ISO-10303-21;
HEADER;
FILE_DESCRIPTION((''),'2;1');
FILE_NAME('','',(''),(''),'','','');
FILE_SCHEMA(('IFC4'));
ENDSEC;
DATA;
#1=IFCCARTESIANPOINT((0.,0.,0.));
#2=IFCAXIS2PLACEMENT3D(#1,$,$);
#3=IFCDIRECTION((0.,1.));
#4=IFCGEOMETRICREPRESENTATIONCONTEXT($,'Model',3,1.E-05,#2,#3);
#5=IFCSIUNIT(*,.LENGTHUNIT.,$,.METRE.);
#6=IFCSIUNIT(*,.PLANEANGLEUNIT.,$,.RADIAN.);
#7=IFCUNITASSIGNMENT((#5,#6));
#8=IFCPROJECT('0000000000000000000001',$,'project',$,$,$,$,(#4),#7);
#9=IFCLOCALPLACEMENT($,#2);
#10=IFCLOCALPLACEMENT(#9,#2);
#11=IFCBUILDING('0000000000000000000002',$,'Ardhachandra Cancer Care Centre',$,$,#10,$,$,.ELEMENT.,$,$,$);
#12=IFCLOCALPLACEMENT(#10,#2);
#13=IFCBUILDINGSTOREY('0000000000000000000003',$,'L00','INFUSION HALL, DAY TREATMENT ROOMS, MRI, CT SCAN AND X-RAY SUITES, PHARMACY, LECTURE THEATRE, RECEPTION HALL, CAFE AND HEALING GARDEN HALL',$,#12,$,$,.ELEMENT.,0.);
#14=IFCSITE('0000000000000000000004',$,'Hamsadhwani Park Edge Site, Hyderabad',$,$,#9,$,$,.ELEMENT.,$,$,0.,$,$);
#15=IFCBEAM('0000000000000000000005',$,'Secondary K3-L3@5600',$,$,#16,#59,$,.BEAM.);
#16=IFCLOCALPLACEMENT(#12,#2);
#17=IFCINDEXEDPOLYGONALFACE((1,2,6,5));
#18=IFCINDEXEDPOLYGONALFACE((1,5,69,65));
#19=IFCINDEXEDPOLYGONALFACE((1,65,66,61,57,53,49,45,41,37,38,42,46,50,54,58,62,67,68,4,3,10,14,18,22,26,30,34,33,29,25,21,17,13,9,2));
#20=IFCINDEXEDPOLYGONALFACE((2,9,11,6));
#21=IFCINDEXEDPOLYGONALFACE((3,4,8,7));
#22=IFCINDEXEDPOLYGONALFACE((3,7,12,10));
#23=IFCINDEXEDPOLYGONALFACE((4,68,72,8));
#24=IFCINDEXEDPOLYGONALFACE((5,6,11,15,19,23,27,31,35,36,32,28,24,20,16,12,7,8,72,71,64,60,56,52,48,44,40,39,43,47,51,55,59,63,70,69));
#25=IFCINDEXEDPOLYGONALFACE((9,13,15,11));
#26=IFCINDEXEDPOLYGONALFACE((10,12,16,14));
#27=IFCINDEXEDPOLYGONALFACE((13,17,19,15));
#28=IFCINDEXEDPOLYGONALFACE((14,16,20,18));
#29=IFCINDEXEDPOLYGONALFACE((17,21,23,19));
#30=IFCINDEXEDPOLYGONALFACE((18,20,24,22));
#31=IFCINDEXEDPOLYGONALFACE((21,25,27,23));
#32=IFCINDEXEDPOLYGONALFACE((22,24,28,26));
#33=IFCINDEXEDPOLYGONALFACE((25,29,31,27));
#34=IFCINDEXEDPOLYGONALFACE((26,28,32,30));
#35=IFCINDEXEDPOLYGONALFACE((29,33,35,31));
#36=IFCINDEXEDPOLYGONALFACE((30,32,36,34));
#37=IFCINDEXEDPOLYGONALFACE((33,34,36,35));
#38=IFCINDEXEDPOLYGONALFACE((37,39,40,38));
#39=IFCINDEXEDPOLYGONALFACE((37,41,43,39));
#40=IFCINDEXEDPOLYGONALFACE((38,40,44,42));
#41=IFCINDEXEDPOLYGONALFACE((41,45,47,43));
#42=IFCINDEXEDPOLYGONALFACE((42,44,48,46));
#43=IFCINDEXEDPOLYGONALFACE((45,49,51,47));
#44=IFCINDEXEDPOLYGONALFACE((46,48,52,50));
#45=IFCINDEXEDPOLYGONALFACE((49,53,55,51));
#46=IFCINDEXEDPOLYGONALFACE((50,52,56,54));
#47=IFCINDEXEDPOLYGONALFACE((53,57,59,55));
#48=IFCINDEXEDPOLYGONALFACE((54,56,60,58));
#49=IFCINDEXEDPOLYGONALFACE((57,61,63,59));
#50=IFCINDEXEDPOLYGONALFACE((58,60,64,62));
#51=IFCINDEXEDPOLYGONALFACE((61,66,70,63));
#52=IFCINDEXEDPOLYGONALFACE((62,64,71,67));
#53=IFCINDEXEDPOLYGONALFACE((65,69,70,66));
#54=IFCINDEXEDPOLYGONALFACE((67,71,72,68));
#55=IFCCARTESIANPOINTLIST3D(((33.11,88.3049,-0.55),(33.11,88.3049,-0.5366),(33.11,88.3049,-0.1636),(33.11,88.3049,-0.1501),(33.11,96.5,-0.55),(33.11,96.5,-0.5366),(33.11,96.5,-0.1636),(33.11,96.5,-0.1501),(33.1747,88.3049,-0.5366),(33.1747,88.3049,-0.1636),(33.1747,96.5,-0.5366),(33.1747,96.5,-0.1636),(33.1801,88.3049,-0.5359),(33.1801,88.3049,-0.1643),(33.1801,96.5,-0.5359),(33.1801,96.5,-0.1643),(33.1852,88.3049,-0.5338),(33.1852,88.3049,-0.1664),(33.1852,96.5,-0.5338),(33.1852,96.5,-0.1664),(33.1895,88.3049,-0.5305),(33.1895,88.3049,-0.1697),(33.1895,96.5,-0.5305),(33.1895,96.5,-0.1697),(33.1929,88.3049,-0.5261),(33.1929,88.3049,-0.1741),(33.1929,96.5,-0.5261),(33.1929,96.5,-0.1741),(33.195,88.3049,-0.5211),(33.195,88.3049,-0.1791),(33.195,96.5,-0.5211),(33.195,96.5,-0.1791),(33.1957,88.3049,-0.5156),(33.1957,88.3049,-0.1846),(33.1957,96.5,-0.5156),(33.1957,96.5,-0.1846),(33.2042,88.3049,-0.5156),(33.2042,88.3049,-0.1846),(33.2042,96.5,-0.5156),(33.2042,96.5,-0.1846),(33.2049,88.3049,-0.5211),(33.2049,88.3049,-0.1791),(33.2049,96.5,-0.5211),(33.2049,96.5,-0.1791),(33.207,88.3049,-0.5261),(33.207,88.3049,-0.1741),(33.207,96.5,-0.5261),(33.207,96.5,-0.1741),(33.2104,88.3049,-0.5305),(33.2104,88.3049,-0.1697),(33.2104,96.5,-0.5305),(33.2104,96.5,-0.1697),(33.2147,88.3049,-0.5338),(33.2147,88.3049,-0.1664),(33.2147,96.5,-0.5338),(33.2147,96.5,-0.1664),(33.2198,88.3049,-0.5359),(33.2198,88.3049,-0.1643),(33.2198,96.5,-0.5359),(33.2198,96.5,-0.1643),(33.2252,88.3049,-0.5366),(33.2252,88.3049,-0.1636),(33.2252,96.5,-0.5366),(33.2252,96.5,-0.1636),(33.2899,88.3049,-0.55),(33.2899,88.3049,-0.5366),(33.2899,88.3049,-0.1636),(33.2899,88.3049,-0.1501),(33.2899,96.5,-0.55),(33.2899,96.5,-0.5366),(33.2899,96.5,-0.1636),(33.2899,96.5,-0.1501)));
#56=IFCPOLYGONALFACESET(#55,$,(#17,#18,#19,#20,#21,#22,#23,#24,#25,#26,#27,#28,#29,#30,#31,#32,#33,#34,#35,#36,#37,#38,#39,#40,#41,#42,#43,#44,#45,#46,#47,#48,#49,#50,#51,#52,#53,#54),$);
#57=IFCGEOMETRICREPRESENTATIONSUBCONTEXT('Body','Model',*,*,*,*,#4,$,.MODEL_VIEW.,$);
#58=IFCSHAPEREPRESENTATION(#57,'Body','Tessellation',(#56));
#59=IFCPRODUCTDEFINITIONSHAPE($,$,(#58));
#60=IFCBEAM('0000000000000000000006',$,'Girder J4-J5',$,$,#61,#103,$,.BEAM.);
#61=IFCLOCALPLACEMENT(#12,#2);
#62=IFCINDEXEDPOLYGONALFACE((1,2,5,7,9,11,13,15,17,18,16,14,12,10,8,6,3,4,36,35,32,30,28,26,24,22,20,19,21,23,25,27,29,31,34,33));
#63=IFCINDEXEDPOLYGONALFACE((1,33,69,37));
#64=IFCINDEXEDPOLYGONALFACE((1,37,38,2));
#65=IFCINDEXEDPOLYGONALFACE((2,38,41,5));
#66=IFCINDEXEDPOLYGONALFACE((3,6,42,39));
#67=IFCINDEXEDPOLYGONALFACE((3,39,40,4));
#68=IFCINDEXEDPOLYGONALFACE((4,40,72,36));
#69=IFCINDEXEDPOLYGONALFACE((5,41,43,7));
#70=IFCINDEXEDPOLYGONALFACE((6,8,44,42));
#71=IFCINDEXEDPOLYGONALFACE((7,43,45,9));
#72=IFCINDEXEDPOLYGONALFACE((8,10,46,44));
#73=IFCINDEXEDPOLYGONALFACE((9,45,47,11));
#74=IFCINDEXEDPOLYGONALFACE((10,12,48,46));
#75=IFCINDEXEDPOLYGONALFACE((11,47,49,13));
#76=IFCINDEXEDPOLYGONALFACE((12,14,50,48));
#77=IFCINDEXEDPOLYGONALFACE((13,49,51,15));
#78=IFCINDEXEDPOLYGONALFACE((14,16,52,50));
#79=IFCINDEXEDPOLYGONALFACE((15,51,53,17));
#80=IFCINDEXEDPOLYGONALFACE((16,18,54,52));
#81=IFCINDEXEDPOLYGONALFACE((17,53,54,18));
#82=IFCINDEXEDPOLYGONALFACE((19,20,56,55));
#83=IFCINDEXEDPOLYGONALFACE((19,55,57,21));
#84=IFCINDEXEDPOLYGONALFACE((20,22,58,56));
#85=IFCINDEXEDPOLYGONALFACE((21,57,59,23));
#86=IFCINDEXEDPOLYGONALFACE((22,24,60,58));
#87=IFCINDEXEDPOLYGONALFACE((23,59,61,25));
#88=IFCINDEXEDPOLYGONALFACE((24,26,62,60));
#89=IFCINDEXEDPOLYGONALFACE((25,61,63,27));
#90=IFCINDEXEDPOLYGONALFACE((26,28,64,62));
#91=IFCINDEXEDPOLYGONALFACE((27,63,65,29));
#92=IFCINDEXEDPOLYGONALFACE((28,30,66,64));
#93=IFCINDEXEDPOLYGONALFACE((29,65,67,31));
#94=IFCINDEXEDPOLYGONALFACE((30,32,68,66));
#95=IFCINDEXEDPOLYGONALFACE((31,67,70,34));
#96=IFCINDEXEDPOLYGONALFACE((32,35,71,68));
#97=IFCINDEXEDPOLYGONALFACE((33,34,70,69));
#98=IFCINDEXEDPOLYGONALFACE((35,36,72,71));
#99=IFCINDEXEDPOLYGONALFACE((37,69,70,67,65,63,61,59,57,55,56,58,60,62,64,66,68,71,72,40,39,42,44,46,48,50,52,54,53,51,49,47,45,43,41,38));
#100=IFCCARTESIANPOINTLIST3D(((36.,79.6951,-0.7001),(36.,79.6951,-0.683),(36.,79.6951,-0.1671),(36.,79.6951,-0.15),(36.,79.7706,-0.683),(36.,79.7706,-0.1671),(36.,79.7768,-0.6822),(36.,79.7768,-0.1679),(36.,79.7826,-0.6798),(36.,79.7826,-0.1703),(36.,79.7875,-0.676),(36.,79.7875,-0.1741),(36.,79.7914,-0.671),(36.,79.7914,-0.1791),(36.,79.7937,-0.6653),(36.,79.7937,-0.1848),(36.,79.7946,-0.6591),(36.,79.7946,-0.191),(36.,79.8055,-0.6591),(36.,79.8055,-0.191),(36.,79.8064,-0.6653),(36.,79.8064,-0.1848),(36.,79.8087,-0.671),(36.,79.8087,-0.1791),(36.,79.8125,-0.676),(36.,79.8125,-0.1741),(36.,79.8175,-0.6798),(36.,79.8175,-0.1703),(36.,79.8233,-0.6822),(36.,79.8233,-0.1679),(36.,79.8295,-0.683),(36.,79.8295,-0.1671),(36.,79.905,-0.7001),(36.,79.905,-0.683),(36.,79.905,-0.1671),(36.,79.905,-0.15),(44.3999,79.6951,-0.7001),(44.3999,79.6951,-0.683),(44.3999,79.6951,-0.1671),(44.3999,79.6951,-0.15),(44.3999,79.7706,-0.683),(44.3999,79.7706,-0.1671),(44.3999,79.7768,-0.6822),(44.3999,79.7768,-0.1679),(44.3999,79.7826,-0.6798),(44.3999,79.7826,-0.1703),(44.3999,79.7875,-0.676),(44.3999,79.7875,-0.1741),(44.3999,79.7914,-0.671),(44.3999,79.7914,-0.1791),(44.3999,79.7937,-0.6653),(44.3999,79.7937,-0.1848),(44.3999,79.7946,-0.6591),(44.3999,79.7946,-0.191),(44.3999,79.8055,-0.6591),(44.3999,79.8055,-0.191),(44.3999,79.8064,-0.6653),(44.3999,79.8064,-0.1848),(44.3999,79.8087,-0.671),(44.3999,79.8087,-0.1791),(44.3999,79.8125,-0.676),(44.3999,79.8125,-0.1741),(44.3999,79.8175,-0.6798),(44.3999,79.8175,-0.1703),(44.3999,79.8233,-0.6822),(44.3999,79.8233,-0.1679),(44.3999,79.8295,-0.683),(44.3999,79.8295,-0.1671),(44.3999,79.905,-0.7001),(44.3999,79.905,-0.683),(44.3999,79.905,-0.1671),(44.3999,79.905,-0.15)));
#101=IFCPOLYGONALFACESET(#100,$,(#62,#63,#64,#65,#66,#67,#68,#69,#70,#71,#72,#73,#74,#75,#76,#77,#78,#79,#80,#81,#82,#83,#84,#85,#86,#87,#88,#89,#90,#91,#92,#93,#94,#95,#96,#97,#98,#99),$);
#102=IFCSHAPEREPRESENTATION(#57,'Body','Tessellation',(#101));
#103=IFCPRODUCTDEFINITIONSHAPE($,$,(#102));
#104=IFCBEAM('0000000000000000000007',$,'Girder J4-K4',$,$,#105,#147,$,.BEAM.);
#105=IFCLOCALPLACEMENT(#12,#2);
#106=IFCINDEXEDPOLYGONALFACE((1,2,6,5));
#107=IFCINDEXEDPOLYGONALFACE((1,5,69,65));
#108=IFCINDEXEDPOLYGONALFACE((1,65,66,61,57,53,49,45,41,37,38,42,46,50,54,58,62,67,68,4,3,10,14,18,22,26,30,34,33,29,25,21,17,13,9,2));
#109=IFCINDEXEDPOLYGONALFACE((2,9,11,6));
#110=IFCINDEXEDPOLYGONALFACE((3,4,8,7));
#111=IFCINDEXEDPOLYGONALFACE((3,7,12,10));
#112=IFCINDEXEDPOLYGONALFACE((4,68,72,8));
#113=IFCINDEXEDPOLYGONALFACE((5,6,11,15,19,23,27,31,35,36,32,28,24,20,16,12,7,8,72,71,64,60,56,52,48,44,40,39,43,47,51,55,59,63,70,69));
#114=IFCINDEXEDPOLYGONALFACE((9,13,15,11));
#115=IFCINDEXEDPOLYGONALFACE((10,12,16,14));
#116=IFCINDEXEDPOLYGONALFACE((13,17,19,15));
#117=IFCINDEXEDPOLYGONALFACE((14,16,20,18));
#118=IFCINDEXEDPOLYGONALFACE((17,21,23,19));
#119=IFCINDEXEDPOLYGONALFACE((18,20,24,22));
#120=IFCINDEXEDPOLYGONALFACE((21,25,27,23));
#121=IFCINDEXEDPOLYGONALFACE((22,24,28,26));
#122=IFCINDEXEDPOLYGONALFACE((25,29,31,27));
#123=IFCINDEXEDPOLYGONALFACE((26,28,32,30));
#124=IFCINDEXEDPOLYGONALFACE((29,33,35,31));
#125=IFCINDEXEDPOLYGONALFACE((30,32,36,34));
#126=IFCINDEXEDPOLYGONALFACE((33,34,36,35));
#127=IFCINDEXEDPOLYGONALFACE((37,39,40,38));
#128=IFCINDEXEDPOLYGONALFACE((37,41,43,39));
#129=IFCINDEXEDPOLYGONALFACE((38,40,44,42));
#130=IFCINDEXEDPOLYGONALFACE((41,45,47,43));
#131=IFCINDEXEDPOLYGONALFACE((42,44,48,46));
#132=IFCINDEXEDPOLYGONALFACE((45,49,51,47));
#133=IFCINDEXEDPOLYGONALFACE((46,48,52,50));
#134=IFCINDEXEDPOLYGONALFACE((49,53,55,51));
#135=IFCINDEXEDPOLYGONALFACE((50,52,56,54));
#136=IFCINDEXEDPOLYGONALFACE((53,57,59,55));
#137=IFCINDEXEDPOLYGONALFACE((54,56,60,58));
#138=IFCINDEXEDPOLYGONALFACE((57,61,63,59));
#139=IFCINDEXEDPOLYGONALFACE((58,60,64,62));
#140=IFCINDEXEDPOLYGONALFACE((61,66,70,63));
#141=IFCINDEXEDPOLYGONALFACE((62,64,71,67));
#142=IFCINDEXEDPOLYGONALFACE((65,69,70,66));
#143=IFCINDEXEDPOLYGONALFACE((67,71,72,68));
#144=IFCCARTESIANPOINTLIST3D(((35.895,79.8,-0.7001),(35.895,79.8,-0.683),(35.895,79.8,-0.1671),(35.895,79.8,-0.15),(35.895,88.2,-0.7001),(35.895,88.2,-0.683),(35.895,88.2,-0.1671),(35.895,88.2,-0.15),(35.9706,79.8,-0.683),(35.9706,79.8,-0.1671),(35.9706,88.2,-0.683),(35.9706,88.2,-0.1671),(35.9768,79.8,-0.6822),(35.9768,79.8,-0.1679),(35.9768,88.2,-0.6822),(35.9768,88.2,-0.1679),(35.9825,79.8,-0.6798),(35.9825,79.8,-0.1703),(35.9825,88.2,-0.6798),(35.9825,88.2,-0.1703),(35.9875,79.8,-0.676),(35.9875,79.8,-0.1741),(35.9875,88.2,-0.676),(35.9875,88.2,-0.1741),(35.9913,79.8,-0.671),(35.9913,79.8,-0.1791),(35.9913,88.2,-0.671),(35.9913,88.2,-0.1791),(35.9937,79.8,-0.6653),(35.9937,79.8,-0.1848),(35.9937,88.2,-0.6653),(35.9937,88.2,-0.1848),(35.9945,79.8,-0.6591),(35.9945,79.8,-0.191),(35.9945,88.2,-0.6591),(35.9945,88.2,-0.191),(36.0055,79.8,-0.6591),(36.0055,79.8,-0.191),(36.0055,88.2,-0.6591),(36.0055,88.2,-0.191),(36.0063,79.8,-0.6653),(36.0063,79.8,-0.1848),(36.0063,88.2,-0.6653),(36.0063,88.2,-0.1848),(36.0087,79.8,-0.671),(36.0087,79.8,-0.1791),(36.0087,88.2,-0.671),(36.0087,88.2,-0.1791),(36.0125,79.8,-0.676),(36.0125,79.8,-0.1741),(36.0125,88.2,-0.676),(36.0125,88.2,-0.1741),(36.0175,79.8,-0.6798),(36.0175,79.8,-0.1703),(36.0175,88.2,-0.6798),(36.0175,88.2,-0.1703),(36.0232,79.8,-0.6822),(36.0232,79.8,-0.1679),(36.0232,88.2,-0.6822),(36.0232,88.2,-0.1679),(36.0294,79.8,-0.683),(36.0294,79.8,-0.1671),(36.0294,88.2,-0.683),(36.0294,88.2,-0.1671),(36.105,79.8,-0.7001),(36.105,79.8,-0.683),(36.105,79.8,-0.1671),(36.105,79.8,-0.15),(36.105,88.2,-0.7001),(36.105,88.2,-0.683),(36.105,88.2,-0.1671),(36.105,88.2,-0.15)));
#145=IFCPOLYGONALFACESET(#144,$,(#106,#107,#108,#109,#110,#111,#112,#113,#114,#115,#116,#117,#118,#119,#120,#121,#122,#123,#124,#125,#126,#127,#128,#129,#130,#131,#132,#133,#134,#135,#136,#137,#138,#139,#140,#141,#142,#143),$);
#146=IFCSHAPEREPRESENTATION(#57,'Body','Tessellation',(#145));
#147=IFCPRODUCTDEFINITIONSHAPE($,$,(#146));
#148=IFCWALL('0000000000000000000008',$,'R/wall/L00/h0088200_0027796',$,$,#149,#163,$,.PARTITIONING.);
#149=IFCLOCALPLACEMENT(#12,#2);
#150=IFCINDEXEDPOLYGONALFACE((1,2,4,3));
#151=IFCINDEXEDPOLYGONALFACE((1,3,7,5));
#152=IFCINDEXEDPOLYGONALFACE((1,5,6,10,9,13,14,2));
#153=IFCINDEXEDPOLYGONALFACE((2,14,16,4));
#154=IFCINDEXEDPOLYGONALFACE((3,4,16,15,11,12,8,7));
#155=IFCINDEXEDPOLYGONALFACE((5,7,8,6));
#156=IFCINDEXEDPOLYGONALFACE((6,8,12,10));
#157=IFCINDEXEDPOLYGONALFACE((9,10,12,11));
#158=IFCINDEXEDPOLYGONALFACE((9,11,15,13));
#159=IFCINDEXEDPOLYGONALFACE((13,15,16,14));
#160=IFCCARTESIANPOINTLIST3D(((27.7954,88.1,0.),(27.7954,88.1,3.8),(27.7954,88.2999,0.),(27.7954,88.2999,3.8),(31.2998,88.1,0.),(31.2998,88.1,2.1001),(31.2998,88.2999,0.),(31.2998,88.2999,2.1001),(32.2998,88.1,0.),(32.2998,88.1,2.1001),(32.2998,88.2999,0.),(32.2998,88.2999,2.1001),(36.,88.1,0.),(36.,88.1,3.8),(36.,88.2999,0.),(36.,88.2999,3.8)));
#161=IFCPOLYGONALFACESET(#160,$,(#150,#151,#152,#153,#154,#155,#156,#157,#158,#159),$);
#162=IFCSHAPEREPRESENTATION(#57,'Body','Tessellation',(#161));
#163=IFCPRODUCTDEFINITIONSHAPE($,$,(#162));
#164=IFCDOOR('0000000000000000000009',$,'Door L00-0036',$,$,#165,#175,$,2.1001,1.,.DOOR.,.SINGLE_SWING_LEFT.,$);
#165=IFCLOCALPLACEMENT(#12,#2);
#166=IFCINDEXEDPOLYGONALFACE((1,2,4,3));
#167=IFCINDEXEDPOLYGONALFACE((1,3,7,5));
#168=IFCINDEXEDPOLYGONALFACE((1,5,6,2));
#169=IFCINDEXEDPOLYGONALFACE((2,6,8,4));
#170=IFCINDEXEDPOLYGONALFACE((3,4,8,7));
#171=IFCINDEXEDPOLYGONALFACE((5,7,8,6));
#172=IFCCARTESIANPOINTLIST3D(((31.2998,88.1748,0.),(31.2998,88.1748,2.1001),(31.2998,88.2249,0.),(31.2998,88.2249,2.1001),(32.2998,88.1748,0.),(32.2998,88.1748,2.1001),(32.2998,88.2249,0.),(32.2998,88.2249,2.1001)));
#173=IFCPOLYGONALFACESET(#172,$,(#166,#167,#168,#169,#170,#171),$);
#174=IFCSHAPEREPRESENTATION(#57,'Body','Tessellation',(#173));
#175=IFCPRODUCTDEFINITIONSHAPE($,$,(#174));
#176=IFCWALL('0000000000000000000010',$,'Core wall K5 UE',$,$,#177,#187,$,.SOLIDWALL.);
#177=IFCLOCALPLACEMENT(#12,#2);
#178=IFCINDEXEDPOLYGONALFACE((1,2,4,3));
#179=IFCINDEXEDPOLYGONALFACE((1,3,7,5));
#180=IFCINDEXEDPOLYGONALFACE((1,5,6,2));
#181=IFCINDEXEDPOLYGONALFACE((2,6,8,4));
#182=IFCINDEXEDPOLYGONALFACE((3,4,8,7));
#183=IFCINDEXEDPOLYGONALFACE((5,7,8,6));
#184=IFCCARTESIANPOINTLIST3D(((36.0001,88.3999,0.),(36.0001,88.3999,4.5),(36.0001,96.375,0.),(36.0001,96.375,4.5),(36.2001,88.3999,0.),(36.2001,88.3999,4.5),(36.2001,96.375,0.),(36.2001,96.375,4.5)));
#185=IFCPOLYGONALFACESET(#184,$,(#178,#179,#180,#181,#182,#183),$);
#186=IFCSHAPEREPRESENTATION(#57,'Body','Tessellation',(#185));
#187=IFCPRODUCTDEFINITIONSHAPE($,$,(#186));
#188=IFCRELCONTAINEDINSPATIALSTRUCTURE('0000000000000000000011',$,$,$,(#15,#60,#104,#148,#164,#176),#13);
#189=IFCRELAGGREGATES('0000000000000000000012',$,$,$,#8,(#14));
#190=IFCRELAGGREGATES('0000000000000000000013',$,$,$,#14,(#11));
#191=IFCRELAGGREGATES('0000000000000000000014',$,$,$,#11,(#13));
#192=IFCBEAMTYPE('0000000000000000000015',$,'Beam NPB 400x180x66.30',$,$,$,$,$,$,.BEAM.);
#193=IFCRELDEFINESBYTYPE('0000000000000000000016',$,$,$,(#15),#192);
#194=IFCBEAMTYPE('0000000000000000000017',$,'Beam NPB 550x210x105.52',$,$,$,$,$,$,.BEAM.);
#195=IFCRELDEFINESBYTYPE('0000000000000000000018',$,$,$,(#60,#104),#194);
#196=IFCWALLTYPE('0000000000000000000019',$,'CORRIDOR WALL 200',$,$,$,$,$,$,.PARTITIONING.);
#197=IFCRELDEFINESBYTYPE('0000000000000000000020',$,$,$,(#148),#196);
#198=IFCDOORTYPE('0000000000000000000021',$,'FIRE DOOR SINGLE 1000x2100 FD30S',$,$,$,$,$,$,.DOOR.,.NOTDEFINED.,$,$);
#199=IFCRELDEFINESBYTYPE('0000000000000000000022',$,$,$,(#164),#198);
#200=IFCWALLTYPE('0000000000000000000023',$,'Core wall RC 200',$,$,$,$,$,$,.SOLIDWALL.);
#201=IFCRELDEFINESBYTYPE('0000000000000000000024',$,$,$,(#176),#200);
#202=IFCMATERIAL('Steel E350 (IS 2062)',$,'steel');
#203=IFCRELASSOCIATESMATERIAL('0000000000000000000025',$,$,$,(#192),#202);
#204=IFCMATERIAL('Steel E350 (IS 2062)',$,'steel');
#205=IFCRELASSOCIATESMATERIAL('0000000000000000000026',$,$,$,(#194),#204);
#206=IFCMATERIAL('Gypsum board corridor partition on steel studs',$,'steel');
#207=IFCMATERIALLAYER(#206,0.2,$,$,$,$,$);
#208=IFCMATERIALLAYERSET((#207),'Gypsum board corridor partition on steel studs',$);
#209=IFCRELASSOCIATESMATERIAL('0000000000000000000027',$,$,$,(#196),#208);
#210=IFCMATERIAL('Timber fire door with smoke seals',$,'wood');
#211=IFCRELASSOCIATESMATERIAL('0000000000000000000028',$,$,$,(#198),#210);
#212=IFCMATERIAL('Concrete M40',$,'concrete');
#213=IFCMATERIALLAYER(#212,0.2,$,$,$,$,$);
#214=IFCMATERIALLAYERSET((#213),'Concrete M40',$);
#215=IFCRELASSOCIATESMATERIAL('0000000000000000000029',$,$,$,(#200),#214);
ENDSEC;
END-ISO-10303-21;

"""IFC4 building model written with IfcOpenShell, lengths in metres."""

from ifc_helpers import new_model, si_unit, direction, frame, frame_2d, origin, origin_2d, place, context, subcontext, project, spatial, rectangle, i_section, extrude, material, layer, layer_set, material_profile, profile_set, type_object, element, fill, save


model = new_model("IFC4")

# Units and contexts
model_context = context("Model", 3, precision=1e-05, world=origin(), true_north=direction((0.0, 1.0)))
body_context = subcontext(model_context, "Body", "Model", "MODEL_VIEW")
ifc_project = project(units=[si_unit("LENGTHUNIT", "METRE"), si_unit("PLANEANGLEUNIT", "RADIAN")], contexts=[model_context])

# Site, building, storey
site_placement = place(None, origin())
site = spatial("IfcSite", under=ifc_project, at=site_placement, Name="Hamsadhwani Park Edge Site, Hyderabad", CompositionType="ELEMENT", RefElevation=0.0)
building_placement = place(site_placement, origin())
building = spatial("IfcBuilding", under=site, at=building_placement, Name="Ardhachandra Cancer Care Centre", CompositionType="ELEMENT")
storey_placement = place(building_placement, origin())
storey = spatial("IfcBuildingStorey", under=building, at=storey_placement, Name="L00", Description="INFUSION HALL, DAY TREATMENT ROOMS, MRI, CT SCAN AND X-RAY SUITES, PHARMACY, LECTURE THEATRE, RECEPTION HALL, CAFE AND HEALING GARDEN HALL", CompositionType="ELEMENT", Elevation=0.0)

# Beams
ifc_material_1 = material(Name="Steel E350 (IS 2062)", Category="steel")
ifc_material_profile_1 = material_profile(ifc_material_1, i_section(OverallWidth=0.1799, OverallDepth=0.3999, WebThickness=0.0085, FlangeThickness=0.0134, FilletRadius=0.021, at=origin_2d()), Name="NPB 400x180x66.30")
ifc_profile_set_1 = profile_set([ifc_material_profile_1], Name="Steel E350 (IS 2062)")
beam_type_1 = type_object("IfcBeamType", Name="Beam NPB 400x180x66.30", PredefinedType="BEAM", material=ifc_profile_set_1)
beam_1_placement = place(storey_placement, frame((33.2, 88.3049, -0.3501), z_axis=(0.0, 1.0, 0.0), x_axis=(-1.0, 0.0, 0.0)))
element("IfcBeam", 1, at=beam_1_placement, inside=storey, type_object=beam_type_1, Name="Secondary K3-L3@5600", PredefinedType="BEAM", context=body_context, shape_type="SweptSolid", body=[
    extrude(i_section(OverallWidth=0.1799, OverallDepth=0.3999, WebThickness=0.0085, FlangeThickness=0.0134, FilletRadius=0.021, at=origin_2d()), origin(), (0.0, 0.0, 1.0), 8.1951),
])
ifc_material_2 = material(Name="Steel E350 (IS 2062)", Category="steel")
ifc_material_profile_2 = material_profile(ifc_material_2, i_section(OverallWidth=0.21, OverallDepth=0.55, WebThickness=0.011, FlangeThickness=0.0171, FilletRadius=0.0239, at=origin_2d()), Name="NPB 550x210x105.52")
ifc_profile_set_2 = profile_set([ifc_material_profile_2], Name="Steel E350 (IS 2062)")
beam_type_2 = type_object("IfcBeamType", Name="Beam NPB 550x210x105.52", PredefinedType="BEAM", material=ifc_profile_set_2)
for number, where, z_axis, x_axis, name in (
    (2, (36.0, 79.8, -0.425), (1.0, 0.0, 0.0), (0.0, 1.0, 0.0), "Girder J4-J5"),
    (3, (36.0, 79.8, -0.425), (0.0, 1.0, 0.0), (-1.0, 0.0, 0.0), "Girder J4-K4"),
):
    element("IfcBeam", number, at=place(storey_placement, frame(where, z_axis=z_axis, x_axis=x_axis)), inside=storey, type_object=beam_type_2, Name=name, PredefinedType="BEAM", context=body_context, shape_type="SweptSolid", body=[
        extrude(i_section(OverallWidth=0.21, OverallDepth=0.55, WebThickness=0.011, FlangeThickness=0.0171, FilletRadius=0.0239, at=origin_2d()), origin(), (0.0, 0.0, 1.0), 8.3999),
    ])

# Wall, opening, door
ifc_material_3 = material(Name="Gypsum board corridor partition on steel studs", Category="steel")
ifc_layer_1 = layer(ifc_material_3, 0.2)
ifc_layer_set_1 = layer_set([ifc_layer_1], Name="Gypsum board corridor partition on steel studs")
wall_type_1 = type_object("IfcWallType", Name="CORRIDOR WALL 200", PredefinedType="PARTITIONING", material=ifc_layer_set_1)
wall_1_placement = place(storey_placement, frame((27.7954, 88.2, 0.0), z_axis=(0.0, 0.0, 1.0), x_axis=(1.0, 0.0, 0.0)))
wall_1 = element("IfcWall", 4, at=wall_1_placement, inside=storey, type_object=wall_type_1, Name="R/wall/L00/h0088200_0027796", PredefinedType="PARTITIONING", context=body_context, shape_type="SweptSolid", body=[
    extrude(rectangle(XDim=8.2046, YDim=0.2, at=frame_2d((4.1023, 0.0))), origin(), (0.0, 0.0, 1.0), 3.8),
])
opening_1_placement = place(wall_1_placement, frame((3.5044, 0.0, 0.0)))
opening_1 = element("IfcOpeningElement", 5, at=opening_1_placement, cuts=wall_1, PredefinedType="OPENING", context=body_context, shape_type="SweptSolid", body=[
    extrude(rectangle(XDim=1.0, YDim=2.1001, at=frame_2d((0.5, 1.05))), frame((0.0, 0.1099, 0.0), z_axis=(0.0, -1.0, 0.0), x_axis=(1.0, 0.0, 0.0)), (0.0, 0.0, 1.0), 0.22),
])
ifc_material_4 = material(Name="Timber fire door with smoke seals", Category="wood")
door_type_1 = type_object("IfcDoorType", Name="FIRE DOOR SINGLE 1000x2100 FD30S", OperationType="NOTDEFINED", PredefinedType="DOOR", material=ifc_material_4)
door_1_placement = place(opening_1_placement, origin())
door_1 = element("IfcDoor", 6, at=door_1_placement, inside=storey, type_object=door_type_1, Name="Door L00-0036", OperationType="SINGLE_SWING_LEFT", OverallHeight=2.1001, OverallWidth=1.0, PredefinedType="DOOR", context=body_context, shape_type="SweptSolid", body=[
    extrude(rectangle(XDim=1.0, YDim=2.1001, at=frame_2d((0.5, 1.05))), frame((0.0, 0.0249, 0.0), z_axis=(0.0, -1.0, 0.0), x_axis=(1.0, 0.0, 0.0)), (0.0, 0.0, 1.0), 0.05),
])
fill(opening_1, door_1)

# Wall
ifc_material_5 = material(Name="Concrete M40", Category="concrete")
ifc_layer_2 = layer(ifc_material_5, 0.2)
ifc_layer_set_2 = layer_set([ifc_layer_2], Name="Concrete M40")
wall_type_2 = type_object("IfcWallType", Name="Core wall RC 200", PredefinedType="SOLIDWALL", material=ifc_layer_set_2)
wall_2_placement = place(storey_placement, frame((36.1001, 88.3999, 0.0), z_axis=(0.0, 0.0, 1.0), x_axis=(0.0, 1.0, 0.0)))
element("IfcWall", 7, at=wall_2_placement, inside=storey, type_object=wall_type_2, Name="Core wall K5 UE", PredefinedType="SOLIDWALL", context=body_context, shape_type="SweptSolid", body=[
    extrude(rectangle(XDim=7.9751, YDim=0.2, at=frame_2d((3.9875, 0.0))), origin(), (0.0, 0.0, 1.0), 4.5),
])

save(model, "model.ifc")
